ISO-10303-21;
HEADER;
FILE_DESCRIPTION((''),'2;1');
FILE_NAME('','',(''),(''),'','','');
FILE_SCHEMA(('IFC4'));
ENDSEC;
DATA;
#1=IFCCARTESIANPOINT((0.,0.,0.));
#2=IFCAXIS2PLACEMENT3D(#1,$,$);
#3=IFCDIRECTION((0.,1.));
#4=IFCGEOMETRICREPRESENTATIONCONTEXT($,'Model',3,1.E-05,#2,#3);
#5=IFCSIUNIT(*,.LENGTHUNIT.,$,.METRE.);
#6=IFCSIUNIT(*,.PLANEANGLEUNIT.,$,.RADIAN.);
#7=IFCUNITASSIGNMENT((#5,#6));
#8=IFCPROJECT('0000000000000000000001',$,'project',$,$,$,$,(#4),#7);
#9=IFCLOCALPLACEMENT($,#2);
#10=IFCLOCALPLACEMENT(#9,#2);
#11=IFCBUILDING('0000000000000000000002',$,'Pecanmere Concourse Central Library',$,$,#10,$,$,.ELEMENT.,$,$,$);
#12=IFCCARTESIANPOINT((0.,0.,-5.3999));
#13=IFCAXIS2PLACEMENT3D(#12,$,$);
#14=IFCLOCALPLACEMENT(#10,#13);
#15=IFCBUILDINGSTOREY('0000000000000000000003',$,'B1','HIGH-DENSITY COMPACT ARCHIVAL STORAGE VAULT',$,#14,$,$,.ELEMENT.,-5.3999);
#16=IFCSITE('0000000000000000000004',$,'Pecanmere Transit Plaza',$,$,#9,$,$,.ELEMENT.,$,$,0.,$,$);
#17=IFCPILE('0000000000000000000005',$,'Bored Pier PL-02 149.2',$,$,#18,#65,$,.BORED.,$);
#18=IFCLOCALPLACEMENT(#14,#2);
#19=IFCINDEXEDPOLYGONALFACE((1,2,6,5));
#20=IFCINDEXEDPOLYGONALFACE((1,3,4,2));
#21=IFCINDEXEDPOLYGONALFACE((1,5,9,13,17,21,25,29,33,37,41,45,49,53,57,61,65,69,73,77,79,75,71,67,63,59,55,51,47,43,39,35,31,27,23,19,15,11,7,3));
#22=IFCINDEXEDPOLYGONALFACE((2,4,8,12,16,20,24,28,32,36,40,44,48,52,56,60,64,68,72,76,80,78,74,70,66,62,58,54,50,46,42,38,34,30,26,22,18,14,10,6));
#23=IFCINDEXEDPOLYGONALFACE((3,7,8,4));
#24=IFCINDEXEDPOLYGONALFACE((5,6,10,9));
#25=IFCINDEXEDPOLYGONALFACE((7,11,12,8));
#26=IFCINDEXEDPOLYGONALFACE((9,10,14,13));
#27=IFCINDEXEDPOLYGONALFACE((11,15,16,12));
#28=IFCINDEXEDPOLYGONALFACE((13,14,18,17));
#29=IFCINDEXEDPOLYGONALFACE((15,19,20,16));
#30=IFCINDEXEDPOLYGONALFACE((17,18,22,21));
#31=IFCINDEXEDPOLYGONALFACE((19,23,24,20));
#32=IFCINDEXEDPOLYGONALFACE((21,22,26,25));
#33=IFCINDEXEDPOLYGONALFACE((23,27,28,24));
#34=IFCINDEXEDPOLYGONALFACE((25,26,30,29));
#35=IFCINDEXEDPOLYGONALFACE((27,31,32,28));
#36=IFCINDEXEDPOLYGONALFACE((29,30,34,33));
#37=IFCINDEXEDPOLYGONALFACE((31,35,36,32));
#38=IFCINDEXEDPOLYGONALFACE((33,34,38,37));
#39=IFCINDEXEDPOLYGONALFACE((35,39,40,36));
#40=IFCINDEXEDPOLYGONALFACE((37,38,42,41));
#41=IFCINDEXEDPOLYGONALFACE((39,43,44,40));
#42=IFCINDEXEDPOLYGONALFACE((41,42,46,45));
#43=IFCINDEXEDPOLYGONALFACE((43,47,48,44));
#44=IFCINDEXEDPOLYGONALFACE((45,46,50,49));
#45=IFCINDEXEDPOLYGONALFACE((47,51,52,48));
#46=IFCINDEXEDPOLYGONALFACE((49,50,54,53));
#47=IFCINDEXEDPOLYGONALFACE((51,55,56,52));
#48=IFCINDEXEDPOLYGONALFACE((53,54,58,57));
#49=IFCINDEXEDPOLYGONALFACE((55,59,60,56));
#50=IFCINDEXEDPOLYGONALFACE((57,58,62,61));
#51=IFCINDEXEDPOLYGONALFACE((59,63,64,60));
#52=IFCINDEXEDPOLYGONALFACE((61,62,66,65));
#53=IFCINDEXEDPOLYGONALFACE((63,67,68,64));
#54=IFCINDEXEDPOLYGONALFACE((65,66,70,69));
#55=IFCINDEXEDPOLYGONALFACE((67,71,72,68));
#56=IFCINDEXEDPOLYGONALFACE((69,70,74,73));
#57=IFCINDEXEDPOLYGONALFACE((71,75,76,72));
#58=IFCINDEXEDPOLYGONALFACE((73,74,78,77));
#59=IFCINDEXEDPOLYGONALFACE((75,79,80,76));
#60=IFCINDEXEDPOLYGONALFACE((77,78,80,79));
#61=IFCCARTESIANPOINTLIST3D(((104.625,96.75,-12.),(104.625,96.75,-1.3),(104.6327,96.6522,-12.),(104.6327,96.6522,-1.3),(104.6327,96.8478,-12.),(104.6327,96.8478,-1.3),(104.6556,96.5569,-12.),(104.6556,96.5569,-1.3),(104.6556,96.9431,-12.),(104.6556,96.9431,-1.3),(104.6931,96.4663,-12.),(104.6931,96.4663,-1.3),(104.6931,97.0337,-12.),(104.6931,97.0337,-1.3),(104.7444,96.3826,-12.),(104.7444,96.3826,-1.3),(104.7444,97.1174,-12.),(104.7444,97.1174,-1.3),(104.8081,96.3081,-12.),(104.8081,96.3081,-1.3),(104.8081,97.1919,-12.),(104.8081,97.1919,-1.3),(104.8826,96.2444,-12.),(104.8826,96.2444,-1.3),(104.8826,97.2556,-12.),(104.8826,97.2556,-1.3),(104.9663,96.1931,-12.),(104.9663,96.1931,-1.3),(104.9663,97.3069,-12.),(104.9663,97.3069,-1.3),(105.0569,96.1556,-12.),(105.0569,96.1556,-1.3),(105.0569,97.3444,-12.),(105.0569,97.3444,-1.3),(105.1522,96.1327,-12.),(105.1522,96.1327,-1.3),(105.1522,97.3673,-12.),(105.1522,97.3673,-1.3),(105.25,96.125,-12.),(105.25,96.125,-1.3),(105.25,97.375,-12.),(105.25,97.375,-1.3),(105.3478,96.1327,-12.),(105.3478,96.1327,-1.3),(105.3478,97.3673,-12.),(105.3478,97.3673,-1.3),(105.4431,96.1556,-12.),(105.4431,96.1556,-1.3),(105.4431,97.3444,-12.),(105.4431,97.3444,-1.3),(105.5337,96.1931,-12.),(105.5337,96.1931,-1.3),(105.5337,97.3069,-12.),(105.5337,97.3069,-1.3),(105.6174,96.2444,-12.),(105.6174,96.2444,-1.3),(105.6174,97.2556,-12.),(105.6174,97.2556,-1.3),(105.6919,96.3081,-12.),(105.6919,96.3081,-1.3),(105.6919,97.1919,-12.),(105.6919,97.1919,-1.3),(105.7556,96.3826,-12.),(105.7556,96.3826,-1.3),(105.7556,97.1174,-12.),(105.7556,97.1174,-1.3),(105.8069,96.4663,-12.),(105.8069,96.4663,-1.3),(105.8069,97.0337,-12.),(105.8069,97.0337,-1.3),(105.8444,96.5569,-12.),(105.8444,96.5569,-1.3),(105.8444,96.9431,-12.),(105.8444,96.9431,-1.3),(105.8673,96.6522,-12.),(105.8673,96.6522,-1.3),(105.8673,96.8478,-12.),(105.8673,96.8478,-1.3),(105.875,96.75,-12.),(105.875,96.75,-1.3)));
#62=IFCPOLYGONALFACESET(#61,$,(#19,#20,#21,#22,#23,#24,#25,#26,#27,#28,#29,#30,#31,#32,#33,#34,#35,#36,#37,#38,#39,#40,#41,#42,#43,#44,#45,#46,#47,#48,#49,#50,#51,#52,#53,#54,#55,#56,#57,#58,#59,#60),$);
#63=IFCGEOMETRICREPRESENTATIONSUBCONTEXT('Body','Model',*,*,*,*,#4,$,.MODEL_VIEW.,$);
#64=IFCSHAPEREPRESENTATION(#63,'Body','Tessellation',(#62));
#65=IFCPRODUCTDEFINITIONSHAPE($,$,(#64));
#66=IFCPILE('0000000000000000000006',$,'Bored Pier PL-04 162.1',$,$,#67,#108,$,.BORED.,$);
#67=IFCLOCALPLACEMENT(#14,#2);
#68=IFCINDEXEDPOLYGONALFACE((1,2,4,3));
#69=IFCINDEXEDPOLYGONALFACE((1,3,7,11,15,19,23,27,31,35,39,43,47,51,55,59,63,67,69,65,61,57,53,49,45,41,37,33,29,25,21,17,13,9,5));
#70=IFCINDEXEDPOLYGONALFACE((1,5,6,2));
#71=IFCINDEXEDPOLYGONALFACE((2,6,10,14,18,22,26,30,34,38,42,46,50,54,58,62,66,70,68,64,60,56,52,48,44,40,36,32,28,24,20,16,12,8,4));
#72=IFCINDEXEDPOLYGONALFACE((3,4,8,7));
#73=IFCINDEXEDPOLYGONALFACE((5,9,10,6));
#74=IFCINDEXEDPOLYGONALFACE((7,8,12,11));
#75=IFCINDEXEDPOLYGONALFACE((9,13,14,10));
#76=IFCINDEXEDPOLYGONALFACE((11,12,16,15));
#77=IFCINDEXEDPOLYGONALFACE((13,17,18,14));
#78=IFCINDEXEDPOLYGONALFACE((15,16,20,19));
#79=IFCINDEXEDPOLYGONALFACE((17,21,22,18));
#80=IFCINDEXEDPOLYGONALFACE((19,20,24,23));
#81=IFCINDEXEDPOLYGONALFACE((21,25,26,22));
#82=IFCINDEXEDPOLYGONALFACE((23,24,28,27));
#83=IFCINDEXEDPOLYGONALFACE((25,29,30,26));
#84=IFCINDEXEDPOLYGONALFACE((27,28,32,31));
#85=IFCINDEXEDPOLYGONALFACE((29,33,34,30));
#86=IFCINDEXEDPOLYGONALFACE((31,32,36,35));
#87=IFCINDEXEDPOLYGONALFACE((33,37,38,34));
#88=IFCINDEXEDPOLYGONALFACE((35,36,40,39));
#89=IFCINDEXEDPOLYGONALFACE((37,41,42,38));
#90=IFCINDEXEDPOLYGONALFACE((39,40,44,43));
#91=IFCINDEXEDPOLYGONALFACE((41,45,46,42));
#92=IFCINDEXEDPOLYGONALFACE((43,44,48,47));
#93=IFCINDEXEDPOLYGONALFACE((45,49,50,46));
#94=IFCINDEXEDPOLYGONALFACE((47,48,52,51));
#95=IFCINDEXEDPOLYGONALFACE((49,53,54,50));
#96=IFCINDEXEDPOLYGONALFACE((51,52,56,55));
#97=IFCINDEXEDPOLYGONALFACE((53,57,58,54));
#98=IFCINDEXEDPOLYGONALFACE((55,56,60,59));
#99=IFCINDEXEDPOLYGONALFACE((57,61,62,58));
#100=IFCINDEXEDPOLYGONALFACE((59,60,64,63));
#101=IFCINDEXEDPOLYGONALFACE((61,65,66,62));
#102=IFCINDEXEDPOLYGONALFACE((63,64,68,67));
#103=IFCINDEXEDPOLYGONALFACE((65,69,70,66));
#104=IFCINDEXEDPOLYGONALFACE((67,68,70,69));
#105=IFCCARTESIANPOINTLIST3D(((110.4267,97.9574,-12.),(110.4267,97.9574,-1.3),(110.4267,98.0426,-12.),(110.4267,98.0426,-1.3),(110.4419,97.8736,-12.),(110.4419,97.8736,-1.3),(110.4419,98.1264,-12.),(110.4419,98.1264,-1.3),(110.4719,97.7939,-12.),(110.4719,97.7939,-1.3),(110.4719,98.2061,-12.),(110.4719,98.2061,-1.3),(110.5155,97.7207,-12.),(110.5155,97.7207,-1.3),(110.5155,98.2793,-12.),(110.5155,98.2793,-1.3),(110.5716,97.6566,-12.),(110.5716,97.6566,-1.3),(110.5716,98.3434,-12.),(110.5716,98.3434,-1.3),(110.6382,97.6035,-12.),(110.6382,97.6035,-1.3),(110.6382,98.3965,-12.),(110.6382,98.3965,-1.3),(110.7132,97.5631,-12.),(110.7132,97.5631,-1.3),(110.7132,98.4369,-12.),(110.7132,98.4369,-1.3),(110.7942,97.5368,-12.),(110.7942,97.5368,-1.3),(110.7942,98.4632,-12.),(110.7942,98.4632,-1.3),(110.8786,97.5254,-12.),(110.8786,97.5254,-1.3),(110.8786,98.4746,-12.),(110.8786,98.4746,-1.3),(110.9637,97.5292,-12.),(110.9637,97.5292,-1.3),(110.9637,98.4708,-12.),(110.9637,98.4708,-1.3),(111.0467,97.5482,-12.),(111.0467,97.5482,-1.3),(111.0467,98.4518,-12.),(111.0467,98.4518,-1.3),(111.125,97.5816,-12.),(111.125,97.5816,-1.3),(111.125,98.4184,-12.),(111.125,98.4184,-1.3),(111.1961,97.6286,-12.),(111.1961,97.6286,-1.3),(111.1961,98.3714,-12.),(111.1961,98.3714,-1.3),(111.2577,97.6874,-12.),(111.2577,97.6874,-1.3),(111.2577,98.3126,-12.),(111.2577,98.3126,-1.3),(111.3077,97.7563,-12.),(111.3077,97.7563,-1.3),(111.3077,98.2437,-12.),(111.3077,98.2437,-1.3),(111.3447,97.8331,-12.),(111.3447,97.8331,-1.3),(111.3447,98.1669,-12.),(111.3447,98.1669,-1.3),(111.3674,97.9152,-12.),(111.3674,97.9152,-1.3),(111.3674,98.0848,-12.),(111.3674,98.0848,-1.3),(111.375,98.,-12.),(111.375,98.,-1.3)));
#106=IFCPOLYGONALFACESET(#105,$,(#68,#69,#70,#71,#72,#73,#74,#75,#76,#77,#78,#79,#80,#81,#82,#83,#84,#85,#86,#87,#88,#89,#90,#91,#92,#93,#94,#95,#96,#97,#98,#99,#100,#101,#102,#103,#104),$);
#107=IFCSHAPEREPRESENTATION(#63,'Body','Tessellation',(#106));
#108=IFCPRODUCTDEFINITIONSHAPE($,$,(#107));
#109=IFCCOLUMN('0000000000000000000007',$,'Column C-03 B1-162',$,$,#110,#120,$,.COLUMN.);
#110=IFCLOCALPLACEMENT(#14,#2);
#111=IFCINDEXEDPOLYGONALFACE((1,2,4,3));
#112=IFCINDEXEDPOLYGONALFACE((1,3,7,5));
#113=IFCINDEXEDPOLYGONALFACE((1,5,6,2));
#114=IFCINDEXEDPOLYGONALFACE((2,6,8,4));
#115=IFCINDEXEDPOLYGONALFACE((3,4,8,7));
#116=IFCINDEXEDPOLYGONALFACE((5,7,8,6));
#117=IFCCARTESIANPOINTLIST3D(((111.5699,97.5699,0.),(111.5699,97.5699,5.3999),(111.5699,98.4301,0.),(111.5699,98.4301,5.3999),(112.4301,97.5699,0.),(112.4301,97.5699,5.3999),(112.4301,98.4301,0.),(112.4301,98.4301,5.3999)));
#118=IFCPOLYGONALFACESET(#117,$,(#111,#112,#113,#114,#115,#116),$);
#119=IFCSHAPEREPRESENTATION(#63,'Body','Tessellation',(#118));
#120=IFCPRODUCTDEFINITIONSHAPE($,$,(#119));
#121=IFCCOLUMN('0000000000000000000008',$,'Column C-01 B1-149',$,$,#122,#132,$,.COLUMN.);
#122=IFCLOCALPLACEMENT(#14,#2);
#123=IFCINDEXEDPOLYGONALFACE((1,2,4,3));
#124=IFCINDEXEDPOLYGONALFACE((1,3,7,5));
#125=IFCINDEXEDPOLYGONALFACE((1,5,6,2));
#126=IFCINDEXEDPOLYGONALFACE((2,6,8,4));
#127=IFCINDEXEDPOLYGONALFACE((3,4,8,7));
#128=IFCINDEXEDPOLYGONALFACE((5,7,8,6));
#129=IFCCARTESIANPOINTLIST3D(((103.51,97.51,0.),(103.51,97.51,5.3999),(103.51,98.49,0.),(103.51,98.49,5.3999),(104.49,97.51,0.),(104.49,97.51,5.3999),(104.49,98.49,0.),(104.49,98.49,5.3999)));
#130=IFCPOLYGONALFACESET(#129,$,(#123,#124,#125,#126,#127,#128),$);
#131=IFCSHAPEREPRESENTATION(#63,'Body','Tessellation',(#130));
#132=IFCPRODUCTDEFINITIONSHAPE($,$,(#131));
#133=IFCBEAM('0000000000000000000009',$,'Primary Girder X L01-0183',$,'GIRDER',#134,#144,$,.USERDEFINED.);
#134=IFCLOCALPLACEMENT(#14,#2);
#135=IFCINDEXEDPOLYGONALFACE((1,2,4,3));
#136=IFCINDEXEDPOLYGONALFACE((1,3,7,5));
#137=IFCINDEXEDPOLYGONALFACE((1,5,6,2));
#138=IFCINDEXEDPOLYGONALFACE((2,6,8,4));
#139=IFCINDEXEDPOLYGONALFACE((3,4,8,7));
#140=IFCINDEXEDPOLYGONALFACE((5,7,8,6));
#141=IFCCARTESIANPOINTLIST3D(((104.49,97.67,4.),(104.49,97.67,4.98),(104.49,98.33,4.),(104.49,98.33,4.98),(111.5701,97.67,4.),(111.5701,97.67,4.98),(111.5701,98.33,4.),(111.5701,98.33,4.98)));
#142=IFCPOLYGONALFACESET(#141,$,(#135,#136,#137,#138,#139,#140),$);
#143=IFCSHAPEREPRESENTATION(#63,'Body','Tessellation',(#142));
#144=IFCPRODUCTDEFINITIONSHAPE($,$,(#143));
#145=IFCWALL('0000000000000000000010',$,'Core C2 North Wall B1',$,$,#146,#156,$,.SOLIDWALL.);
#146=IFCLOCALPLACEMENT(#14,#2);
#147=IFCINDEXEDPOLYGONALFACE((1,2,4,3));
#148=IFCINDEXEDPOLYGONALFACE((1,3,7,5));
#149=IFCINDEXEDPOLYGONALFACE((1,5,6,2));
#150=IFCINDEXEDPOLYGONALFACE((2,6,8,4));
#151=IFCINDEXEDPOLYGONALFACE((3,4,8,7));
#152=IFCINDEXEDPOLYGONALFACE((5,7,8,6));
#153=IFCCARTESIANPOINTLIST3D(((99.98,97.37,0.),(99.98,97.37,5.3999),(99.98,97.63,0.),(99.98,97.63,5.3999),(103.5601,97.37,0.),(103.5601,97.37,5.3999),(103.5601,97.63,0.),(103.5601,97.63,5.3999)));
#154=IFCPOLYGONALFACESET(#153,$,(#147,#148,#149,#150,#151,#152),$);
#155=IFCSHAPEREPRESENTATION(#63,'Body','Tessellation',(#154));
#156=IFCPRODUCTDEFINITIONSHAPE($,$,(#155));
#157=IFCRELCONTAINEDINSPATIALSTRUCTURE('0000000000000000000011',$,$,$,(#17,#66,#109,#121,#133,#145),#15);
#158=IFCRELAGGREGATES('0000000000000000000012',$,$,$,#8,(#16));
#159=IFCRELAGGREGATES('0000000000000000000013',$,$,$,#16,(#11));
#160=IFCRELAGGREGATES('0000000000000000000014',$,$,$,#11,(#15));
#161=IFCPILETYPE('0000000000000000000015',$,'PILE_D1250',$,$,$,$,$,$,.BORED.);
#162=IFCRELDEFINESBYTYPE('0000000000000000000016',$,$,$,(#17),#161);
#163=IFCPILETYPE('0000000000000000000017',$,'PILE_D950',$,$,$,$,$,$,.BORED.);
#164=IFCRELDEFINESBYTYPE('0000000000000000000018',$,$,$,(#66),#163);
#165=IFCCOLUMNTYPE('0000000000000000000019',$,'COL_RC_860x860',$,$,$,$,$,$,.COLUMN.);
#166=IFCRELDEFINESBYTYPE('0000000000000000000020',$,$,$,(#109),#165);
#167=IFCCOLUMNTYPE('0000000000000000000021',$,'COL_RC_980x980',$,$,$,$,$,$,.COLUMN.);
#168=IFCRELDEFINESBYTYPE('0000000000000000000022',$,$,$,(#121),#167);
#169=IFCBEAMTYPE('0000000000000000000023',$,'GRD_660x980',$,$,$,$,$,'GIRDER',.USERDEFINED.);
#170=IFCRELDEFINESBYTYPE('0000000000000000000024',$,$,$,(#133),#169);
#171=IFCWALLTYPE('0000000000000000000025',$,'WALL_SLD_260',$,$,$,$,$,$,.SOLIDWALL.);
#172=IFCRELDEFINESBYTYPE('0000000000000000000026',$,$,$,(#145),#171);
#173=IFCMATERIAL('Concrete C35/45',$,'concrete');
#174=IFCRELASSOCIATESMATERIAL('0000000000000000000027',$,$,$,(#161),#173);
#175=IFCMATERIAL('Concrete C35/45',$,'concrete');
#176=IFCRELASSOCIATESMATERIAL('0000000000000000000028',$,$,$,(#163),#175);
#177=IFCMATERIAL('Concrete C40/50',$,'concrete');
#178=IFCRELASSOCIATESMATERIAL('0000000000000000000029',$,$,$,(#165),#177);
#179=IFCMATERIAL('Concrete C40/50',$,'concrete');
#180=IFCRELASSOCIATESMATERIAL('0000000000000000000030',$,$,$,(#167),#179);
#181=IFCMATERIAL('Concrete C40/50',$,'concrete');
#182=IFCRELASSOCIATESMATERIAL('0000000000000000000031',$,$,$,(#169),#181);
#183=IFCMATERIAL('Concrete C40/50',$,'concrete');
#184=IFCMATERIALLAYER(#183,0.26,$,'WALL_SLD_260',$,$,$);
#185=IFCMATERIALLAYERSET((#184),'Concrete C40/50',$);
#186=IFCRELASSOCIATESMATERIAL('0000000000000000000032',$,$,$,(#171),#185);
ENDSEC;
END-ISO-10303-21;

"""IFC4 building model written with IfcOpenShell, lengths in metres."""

from ifc_helpers import new_model, si_unit, direction, frame, frame_2d, origin, origin_2d, place, context, subcontext, project, spatial, rectangle, circle, extrude, material, layer, layer_set, material_profile, profile_set, type_object, element, save


model = new_model("IFC4")

# Units and contexts
model_context = context("Model", 3, precision=1e-05, world=origin(), true_north=direction((0.0, 1.0)))
body_context = subcontext(model_context, "Body", "Model", "MODEL_VIEW")
ifc_project = project(units=[si_unit("LENGTHUNIT", "METRE"), si_unit("PLANEANGLEUNIT", "RADIAN")], contexts=[model_context])

# Site, building, storey
site_placement = place(None, origin())
site = spatial("IfcSite", under=ifc_project, at=site_placement, Name="Pecanmere Transit Plaza", CompositionType="ELEMENT", RefElevation=0.0)
building_placement = place(site_placement, origin())
building = spatial("IfcBuilding", under=site, at=building_placement, Name="Pecanmere Concourse Central Library", CompositionType="ELEMENT")
storey_placement = place(building_placement, frame((0.0, 0.0, -5.3999)))
storey = spatial("IfcBuildingStorey", under=building, at=storey_placement, Name="B1", Description="HIGH-DENSITY COMPACT ARCHIVAL STORAGE VAULT", CompositionType="ELEMENT", Elevation=-5.3999)

# Piles
ifc_material_1 = material(Name="Concrete C35/45", Category="concrete")
ifc_material_profile_1 = material_profile(ifc_material_1, circle(Radius=0.625, at=origin_2d()), Name="PIER D1250")
ifc_profile_set_1 = profile_set([ifc_material_profile_1], Name="Concrete C35/45")
pile_type_1 = type_object("IfcPileType", Name="PILE_D1250", PredefinedType="BORED", material=ifc_profile_set_1)
for number, where, z_axis, x_axis, name in (
    (1, (105.25, 96.75, -1.3), (0.0, 0.0, -1.0), (1.0, 0.0, 0.0), "Bored Pier PL-02 149.2"),
):
    element("IfcPile", number, at=place(storey_placement, frame(where, z_axis=z_axis, x_axis=x_axis)), inside=storey, type_object=pile_type_1, Name=name, PredefinedType="BORED", context=body_context, shape_type="SweptSolid", body=[
        extrude(circle(Radius=0.625, at=origin_2d()), origin(), (0.0, 0.0, 1.0), 10.7),
    ])
ifc_material_2 = material(Name="Concrete C35/45", Category="concrete")
ifc_material_profile_2 = material_profile(ifc_material_2, circle(Radius=0.4751, at=origin_2d()), Name="PIER D950")
ifc_profile_set_2 = profile_set([ifc_material_profile_2], Name="Concrete C35/45")
pile_type_2 = type_object("IfcPileType", Name="PILE_D950", PredefinedType="BORED", material=ifc_profile_set_2)
pile_1_placement = place(storey_placement, frame((110.8999, 98.0, -1.3), z_axis=(0.0, 0.0, -1.0), x_axis=(1.0, 0.0, 0.0)))
element("IfcPile", 2, at=pile_1_placement, inside=storey, type_object=pile_type_2, Name="Bored Pier PL-04 162.1", PredefinedType="BORED", context=body_context, shape_type="SweptSolid", body=[
    extrude(circle(Radius=0.4751, at=origin_2d()), origin(), (0.0, 0.0, 1.0), 10.7),
])

# Columns
ifc_material_3 = material(Name="Concrete C40/50", Category="concrete")
ifc_material_profile_3 = material_profile(ifc_material_3, rectangle(XDim=0.8601, YDim=0.8601, at=origin_2d()), Name="RC 860x860")
ifc_profile_set_3 = profile_set([ifc_material_profile_3], Name="Concrete C40/50")
column_type_1 = type_object("IfcColumnType", Name="COL_RC_860x860", PredefinedType="COLUMN", material=ifc_profile_set_3)
column_1_placement = place(storey_placement, frame((112.0, 98.0, 0.0), z_axis=(0.0, 0.0, 1.0), x_axis=(1.0, 0.0, 0.0)))
element("IfcColumn", 3, at=column_1_placement, inside=storey, type_object=column_type_1, Name="Column C-03 B1-162", PredefinedType="COLUMN", context=body_context, shape_type="SweptSolid", body=[
    extrude(rectangle(XDim=0.8601, YDim=0.8601, at=origin_2d()), origin(), (0.0, 0.0, 1.0), 5.3999),
])
ifc_material_4 = material(Name="Concrete C40/50", Category="concrete")
ifc_material_profile_4 = material_profile(ifc_material_4, rectangle(XDim=0.98, YDim=0.98, at=origin_2d()), Name="RC 980x980")
ifc_profile_set_4 = profile_set([ifc_material_profile_4], Name="Concrete C40/50")
column_type_2 = type_object("IfcColumnType", Name="COL_RC_980x980", PredefinedType="COLUMN", material=ifc_profile_set_4)
column_2_placement = place(storey_placement, frame((104.0, 98.0, 0.0), z_axis=(0.0, 0.0, 1.0), x_axis=(1.0, 0.0, 0.0)))
element("IfcColumn", 4, at=column_2_placement, inside=storey, type_object=column_type_2, Name="Column C-01 B1-149", PredefinedType="COLUMN", context=body_context, shape_type="SweptSolid", body=[
    extrude(rectangle(XDim=0.98, YDim=0.98, at=origin_2d()), origin(), (0.0, 0.0, 1.0), 5.3999),
])

# Beam
ifc_material_5 = material(Name="Concrete C40/50", Category="concrete")
ifc_material_profile_5 = material_profile(ifc_material_5, rectangle(XDim=0.6599, YDim=0.98, at=origin_2d()), Name="RC 660x980")
ifc_profile_set_5 = profile_set([ifc_material_profile_5], Name="Concrete C40/50")
beam_type = type_object("IfcBeamType", Name="GRD_660x980", ElementType="GIRDER", PredefinedType="USERDEFINED", material=ifc_profile_set_5)
beam_placement = place(storey_placement, frame((104.49, 98.0, 4.49), z_axis=(1.0, 0.0, 0.0), x_axis=(0.0, 1.0, 0.0)))
element("IfcBeam", 5, at=beam_placement, inside=storey, type_object=beam_type, Name="Primary Girder X L01-0183", ObjectType="GIRDER", PredefinedType="USERDEFINED", context=body_context, shape_type="SweptSolid", body=[
    extrude(rectangle(XDim=0.6599, YDim=0.98, at=origin_2d()), origin(), (0.0, 0.0, 1.0), 7.0801),
])

# Wall
ifc_material_6 = material(Name="Concrete C40/50", Category="concrete")
ifc_layer = layer(ifc_material_6, 0.26, Name="WALL_SLD_260")
ifc_layer_set = layer_set([ifc_layer], Name="Concrete C40/50")
wall_type = type_object("IfcWallType", Name="WALL_SLD_260", PredefinedType="SOLIDWALL", material=ifc_layer_set)
wall_placement = place(storey_placement, frame((99.98, 97.5, 0.0), z_axis=(0.0, 0.0, 1.0), x_axis=(1.0, 0.0, 0.0)))
element("IfcWall", 6, at=wall_placement, inside=storey, type_object=wall_type, Name="Core C2 North Wall B1", PredefinedType="SOLIDWALL", context=body_context, shape_type="SweptSolid", body=[
    extrude(rectangle(XDim=3.5801, YDim=0.26, at=frame_2d((1.79, 0.0))), origin(), (0.0, 0.0, 1.0), 5.3999),
])

save(model, "model.ifc")
